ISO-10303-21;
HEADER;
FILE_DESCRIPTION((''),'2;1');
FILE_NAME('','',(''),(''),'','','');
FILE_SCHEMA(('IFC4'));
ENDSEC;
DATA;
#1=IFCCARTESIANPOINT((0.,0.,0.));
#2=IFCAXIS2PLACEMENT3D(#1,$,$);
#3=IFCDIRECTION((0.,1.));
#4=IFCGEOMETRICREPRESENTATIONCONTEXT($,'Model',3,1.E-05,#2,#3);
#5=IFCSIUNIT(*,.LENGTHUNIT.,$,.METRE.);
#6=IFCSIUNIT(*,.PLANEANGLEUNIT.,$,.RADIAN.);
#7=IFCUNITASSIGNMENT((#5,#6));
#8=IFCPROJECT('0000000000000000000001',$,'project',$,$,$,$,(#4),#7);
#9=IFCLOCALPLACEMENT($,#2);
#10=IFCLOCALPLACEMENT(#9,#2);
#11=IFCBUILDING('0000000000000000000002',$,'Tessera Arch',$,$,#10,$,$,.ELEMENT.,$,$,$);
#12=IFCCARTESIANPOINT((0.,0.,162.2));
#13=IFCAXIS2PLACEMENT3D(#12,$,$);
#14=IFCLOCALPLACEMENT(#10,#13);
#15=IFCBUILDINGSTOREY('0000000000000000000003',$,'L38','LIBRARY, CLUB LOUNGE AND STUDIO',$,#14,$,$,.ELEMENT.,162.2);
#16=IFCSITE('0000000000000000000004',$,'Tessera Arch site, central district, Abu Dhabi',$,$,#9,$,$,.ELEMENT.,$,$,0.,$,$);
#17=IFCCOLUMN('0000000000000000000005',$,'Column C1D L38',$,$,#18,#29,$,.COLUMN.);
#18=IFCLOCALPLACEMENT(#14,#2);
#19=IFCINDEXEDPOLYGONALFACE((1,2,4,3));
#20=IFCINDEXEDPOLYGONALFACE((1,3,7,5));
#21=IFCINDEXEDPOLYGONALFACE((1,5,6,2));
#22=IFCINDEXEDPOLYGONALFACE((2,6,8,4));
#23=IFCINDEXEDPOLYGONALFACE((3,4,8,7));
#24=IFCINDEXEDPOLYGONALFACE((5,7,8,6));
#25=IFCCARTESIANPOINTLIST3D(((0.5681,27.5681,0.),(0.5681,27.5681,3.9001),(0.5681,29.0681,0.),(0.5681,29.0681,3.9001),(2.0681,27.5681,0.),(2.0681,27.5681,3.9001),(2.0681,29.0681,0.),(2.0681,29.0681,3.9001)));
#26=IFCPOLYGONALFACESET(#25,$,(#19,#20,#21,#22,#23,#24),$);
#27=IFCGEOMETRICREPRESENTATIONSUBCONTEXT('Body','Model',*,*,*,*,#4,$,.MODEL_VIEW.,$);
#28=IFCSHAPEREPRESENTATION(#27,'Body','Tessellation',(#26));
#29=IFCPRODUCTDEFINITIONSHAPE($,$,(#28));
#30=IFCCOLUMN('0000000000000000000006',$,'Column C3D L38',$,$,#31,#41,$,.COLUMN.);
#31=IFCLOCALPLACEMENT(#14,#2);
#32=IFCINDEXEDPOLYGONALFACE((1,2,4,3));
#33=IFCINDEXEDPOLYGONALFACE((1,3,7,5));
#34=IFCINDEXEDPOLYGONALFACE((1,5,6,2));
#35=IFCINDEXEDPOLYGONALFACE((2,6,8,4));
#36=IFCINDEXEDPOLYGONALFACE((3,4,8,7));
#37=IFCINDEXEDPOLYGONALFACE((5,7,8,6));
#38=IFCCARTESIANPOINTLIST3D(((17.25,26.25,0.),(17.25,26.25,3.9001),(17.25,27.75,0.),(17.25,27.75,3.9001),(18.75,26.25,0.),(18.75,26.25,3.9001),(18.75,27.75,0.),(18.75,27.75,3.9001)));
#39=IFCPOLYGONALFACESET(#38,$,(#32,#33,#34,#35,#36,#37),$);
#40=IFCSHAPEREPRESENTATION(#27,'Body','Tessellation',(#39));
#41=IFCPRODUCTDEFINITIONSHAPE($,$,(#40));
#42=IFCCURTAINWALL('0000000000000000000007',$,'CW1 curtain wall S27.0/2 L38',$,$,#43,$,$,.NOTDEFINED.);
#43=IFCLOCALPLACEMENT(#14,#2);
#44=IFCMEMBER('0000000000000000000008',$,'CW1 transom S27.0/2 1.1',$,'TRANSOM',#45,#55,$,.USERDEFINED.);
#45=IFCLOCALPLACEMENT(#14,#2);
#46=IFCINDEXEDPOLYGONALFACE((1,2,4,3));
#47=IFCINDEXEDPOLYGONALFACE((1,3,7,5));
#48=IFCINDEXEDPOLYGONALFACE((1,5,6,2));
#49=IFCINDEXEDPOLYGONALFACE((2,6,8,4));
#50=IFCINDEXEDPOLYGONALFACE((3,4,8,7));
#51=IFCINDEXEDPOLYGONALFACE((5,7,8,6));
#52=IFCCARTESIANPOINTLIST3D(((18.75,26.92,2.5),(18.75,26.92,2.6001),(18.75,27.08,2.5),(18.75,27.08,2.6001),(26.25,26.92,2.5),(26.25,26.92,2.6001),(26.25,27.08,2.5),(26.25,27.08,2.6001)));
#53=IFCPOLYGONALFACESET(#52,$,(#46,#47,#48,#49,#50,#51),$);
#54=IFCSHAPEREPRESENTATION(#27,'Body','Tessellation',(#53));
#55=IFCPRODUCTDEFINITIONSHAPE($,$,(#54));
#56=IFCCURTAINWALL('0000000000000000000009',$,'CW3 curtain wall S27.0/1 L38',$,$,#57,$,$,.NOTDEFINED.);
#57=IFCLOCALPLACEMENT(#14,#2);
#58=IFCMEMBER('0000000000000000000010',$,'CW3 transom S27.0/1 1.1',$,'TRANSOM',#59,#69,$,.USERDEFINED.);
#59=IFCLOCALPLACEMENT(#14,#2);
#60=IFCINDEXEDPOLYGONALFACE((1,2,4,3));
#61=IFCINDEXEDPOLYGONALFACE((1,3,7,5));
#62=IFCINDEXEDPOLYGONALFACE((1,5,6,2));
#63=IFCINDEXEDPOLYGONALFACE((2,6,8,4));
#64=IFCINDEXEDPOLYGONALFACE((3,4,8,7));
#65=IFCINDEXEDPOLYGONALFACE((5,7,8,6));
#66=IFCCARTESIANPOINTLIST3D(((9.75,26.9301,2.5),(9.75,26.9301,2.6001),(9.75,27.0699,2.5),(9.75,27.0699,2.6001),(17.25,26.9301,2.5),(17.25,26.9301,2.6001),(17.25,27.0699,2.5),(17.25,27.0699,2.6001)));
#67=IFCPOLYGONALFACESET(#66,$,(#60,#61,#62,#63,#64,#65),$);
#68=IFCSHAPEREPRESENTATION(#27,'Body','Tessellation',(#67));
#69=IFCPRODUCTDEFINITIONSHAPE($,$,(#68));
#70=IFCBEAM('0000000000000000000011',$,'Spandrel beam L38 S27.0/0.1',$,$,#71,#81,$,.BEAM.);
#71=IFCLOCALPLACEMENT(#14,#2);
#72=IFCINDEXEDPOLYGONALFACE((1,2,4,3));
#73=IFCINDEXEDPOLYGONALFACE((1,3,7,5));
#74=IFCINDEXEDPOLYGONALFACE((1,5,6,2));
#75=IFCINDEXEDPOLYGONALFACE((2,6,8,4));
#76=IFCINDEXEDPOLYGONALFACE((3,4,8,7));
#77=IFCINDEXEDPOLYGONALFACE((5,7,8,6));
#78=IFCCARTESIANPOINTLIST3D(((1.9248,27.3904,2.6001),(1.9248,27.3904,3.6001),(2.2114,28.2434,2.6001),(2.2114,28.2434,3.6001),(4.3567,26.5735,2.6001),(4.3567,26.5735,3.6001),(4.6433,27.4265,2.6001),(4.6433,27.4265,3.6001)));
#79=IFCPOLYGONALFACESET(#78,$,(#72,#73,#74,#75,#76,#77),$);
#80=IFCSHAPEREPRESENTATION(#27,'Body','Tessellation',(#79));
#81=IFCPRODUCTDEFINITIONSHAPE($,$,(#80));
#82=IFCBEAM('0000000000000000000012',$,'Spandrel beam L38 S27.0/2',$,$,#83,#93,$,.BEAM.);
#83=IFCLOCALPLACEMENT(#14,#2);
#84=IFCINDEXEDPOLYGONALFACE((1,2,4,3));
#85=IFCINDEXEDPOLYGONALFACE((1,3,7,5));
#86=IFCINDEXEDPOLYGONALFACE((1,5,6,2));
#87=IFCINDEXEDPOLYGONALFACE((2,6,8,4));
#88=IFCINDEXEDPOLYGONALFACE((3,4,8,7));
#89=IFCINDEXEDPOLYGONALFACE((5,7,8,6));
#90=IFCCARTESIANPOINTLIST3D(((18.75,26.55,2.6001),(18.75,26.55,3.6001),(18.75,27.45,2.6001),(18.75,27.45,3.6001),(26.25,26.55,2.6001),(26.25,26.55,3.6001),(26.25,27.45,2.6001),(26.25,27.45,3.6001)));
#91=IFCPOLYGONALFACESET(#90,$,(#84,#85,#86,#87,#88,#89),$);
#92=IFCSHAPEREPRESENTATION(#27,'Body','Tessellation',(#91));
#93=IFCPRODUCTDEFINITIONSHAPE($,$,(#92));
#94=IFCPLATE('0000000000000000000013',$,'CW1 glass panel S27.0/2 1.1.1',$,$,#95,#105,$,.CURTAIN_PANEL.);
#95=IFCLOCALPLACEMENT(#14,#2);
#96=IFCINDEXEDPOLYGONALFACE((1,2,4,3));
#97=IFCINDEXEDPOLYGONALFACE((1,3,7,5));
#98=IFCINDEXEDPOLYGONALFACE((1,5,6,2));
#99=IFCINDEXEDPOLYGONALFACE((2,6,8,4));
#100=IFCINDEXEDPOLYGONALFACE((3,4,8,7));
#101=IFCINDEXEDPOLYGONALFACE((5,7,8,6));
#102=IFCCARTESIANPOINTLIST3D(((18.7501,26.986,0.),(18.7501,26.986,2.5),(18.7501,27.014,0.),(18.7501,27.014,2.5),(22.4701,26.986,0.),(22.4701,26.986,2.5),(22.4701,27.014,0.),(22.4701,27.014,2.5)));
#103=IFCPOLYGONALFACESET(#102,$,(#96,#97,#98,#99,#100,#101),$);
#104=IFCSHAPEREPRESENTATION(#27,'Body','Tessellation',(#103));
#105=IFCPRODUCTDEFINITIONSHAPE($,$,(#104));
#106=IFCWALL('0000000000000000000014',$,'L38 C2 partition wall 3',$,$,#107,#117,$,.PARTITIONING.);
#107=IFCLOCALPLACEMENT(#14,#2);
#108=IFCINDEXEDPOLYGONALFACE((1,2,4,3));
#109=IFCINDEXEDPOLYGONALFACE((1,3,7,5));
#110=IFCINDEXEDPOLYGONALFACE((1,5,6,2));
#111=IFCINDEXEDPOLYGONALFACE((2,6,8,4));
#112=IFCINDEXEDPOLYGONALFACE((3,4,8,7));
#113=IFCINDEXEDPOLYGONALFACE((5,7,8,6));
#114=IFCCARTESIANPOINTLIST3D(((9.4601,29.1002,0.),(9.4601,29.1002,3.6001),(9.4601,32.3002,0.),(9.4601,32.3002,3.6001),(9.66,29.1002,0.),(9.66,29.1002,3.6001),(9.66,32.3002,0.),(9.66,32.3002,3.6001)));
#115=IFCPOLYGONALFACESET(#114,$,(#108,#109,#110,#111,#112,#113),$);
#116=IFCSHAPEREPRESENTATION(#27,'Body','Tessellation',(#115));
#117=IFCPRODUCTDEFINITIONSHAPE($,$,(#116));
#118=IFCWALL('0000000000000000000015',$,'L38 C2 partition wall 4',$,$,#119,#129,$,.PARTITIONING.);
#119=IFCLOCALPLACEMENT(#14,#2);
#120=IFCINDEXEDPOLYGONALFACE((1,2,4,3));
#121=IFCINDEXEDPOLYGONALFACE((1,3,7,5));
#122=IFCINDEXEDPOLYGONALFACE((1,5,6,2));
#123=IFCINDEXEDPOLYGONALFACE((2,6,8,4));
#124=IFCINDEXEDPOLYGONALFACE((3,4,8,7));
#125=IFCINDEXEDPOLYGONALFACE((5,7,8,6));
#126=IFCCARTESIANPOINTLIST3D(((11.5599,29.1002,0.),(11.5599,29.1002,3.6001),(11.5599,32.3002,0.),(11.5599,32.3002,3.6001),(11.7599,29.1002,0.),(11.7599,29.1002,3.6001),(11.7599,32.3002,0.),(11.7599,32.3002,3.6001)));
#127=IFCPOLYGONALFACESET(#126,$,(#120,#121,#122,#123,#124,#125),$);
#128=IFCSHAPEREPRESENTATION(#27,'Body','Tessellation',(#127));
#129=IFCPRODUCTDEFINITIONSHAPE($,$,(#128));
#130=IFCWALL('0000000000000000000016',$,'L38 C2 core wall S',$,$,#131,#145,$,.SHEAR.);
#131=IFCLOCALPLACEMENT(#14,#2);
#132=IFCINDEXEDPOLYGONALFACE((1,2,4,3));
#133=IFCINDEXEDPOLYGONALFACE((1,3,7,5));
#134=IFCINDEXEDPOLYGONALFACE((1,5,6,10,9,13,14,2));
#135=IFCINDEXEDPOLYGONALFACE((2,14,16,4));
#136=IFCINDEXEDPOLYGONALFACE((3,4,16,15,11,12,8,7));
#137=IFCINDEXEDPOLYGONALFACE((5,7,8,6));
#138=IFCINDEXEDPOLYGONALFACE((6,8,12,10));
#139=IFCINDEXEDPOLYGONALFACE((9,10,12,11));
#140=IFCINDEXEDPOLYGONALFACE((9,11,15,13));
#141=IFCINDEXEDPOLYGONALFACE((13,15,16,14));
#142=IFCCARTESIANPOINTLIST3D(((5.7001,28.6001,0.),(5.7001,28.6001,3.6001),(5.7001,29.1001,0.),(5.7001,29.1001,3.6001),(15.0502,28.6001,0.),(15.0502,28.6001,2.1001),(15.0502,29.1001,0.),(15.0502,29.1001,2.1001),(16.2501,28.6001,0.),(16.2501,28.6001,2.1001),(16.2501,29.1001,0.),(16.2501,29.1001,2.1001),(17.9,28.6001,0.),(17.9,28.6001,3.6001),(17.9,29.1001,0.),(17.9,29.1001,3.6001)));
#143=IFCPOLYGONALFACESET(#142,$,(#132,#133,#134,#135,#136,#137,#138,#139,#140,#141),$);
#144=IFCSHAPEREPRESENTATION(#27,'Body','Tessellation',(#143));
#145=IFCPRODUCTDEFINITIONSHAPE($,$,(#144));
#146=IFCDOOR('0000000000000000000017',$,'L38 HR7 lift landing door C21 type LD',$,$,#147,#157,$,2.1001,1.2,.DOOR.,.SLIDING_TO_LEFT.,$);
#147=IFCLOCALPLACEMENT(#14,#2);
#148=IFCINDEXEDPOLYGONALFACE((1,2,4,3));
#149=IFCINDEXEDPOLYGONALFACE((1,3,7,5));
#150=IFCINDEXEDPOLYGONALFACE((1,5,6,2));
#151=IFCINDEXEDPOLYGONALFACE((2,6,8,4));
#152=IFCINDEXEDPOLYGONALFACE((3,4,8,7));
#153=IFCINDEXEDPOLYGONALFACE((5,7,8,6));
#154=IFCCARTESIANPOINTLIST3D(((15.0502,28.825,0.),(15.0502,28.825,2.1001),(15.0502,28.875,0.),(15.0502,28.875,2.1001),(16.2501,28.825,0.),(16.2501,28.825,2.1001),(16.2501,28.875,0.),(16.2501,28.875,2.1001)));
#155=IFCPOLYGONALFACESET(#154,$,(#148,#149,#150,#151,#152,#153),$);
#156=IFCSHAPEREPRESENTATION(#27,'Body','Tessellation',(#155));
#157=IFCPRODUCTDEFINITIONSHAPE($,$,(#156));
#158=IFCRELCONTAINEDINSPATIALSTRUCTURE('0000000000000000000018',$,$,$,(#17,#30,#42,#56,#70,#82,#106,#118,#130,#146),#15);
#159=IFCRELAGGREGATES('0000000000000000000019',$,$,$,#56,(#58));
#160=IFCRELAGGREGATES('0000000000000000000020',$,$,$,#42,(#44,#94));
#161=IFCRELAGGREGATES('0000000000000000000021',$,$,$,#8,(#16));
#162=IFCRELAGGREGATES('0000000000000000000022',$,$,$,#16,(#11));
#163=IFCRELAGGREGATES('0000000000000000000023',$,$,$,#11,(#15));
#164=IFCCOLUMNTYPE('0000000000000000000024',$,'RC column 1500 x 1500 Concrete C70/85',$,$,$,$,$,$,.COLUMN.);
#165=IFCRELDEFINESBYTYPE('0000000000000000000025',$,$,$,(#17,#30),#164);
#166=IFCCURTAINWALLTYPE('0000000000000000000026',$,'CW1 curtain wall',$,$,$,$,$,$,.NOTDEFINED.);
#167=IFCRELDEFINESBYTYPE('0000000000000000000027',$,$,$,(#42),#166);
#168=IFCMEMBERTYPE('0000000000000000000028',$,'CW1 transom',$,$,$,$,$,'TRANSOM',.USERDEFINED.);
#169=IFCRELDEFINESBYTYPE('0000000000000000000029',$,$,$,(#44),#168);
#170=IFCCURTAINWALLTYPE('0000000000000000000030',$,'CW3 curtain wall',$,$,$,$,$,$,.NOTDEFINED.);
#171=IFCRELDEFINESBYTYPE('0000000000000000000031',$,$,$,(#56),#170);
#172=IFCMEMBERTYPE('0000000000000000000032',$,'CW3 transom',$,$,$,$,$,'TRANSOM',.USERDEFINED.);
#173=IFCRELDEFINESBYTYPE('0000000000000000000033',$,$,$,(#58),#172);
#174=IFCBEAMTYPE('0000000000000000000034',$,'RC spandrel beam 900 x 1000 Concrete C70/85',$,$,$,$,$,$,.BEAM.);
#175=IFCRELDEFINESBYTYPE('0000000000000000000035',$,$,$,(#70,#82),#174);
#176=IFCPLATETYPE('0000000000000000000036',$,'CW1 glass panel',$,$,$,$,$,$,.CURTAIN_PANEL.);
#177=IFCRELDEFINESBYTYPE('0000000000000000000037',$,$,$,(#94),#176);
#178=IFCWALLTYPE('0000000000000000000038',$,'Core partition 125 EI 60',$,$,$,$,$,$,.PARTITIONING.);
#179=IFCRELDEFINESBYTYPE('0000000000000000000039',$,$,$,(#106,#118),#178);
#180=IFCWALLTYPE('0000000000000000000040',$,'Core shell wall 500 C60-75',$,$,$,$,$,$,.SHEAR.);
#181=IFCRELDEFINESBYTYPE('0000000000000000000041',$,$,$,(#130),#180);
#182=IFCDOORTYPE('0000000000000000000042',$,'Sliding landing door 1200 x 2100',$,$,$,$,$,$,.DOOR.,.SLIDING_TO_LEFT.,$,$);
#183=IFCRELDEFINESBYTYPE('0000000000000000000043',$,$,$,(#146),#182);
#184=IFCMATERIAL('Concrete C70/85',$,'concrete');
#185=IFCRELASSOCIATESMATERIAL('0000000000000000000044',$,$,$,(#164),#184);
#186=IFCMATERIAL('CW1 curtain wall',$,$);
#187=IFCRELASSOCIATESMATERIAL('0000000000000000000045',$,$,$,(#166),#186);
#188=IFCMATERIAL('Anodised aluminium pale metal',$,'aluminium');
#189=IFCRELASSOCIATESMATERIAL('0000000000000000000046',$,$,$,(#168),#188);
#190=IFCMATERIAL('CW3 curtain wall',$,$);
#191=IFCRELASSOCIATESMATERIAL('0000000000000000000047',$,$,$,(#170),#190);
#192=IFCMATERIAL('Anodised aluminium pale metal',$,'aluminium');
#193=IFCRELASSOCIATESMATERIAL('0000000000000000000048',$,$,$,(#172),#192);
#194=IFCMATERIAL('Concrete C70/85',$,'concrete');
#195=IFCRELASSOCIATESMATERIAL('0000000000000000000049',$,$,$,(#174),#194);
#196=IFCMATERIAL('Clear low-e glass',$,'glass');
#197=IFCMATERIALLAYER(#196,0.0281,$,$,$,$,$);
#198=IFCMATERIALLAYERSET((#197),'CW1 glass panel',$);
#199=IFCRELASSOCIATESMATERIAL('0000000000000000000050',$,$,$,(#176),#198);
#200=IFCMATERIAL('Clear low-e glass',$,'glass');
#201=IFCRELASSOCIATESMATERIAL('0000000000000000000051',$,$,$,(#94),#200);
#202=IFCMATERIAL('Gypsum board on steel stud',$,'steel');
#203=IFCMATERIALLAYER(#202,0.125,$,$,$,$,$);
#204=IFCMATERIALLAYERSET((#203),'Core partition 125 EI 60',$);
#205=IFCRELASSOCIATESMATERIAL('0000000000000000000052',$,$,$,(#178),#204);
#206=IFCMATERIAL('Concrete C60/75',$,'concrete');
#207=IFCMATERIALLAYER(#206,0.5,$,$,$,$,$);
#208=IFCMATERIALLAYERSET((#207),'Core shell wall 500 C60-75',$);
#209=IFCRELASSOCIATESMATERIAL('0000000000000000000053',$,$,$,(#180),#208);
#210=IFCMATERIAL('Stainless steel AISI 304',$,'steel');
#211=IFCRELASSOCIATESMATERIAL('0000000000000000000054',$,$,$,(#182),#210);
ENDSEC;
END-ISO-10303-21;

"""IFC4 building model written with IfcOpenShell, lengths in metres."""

from ifc_helpers import new_model, si_unit, direction, frame, frame_2d, origin, origin_2d, place, context, subcontext, project, spatial, rectangle, extrude, material, layer, layer_set, material_profile, profile_set, type_object, element, fill, aggregate, save


model = new_model("IFC4")

# Units and contexts
model_context = context("Model", 3, precision=1e-05, world=origin(), true_north=direction((0.0, 1.0)))
body_context = subcontext(model_context, "Body", "Model", "MODEL_VIEW")
ifc_project = project(units=[si_unit("LENGTHUNIT", "METRE"), si_unit("PLANEANGLEUNIT", "RADIAN")], contexts=[model_context])

# Site, building, storey
site_placement = place(None, origin())
site = spatial("IfcSite", under=ifc_project, at=site_placement, Name="Tessera Arch site, central district, Abu Dhabi", CompositionType="ELEMENT", RefElevation=0.0)
building_placement = place(site_placement, origin())
building = spatial("IfcBuilding", under=site, at=building_placement, Name="Tessera Arch", CompositionType="ELEMENT")
storey_placement = place(building_placement, frame((0.0, 0.0, 162.2)))
storey = spatial("IfcBuildingStorey", under=building, at=storey_placement, Name="L38", Description="LIBRARY, CLUB LOUNGE AND STUDIO", CompositionType="ELEMENT", Elevation=162.2)

# Columns
ifc_material_1 = material(Name="Concrete C70/85", Category="concrete")
ifc_material_profile_1 = material_profile(ifc_material_1, rectangle(XDim=1.5, YDim=1.5, at=origin_2d()), Name="RC column 1500 x 1500 Concrete C70/85")
ifc_profile_set_1 = profile_set([ifc_material_profile_1], Name="Concrete C70/85")
column_type = type_object("IfcColumnType", Name="RC column 1500 x 1500 Concrete C70/85", PredefinedType="COLUMN", material=ifc_profile_set_1)
for number, where, z_axis, x_axis, name in (
    (1, (1.3181, 28.3181, 0.0), (0.0, 0.0, 1.0), (1.0, 0.0, 0.0), "Column C1D L38"),
    (2, (18.0, 27.0, 0.0), (0.0, 0.0, 1.0), (1.0, 0.0, 0.0), "Column C3D L38"),
):
    element("IfcColumn", number, at=place(storey_placement, frame(where, z_axis=z_axis, x_axis=x_axis)), inside=storey, type_object=column_type, Name=name, PredefinedType="COLUMN", context=body_context, shape_type="SweptSolid", body=[
        extrude(rectangle(XDim=1.5, YDim=1.5, at=origin_2d()), origin(), (0.0, 0.0, 1.0), 3.9001),
    ])

# Curtain walls, members
ifc_material_2 = material(Name="CW1 curtain wall")
curtain_wall_type_1 = type_object("IfcCurtainWallType", Name="CW1 curtain wall", PredefinedType="NOTDEFINED", material=ifc_material_2)
curtain_wall_1_placement = place(storey_placement, origin())
curtain_wall_1 = element("IfcCurtainWall", 3, at=curtain_wall_1_placement, inside=storey, type_object=curtain_wall_type_1, Name="CW1 curtain wall S27.0/2 L38", PredefinedType="NOTDEFINED")
ifc_material_3 = material(Name="Anodised aluminium pale metal", Category="aluminium")
ifc_material_profile_2 = material_profile(ifc_material_3, rectangle(XDim=0.1599, YDim=0.1001, at=origin_2d()), Name="AL 160x100")
ifc_profile_set_2 = profile_set([ifc_material_profile_2], Name="Anodised aluminium pale metal")
member_type_1 = type_object("IfcMemberType", Name="CW1 transom", ElementType="TRANSOM", PredefinedType="USERDEFINED", material=ifc_profile_set_2)
member_1_placement = place(storey_placement, frame((18.75, 27.0, 2.55), z_axis=(1.0, 0.0, 0.0), x_axis=(0.0, 1.0, 0.0)))
member_1 = element("IfcMember", 4, at=member_1_placement, type_object=member_type_1, Name="CW1 transom S27.0/2 1.1", ObjectType="TRANSOM", PredefinedType="USERDEFINED", context=body_context, shape_type="SweptSolid", body=[
    extrude(rectangle(XDim=0.1599, YDim=0.1001, at=origin_2d()), origin(), (0.0, 0.0, 1.0), 7.5),
])
ifc_material_4 = material(Name="CW3 curtain wall")
curtain_wall_type_2 = type_object("IfcCurtainWallType", Name="CW3 curtain wall", PredefinedType="NOTDEFINED", material=ifc_material_4)
curtain_wall_2_placement = place(storey_placement, origin())
curtain_wall_2 = element("IfcCurtainWall", 5, at=curtain_wall_2_placement, inside=storey, type_object=curtain_wall_type_2, Name="CW3 curtain wall S27.0/1 L38", PredefinedType="NOTDEFINED")
ifc_material_5 = material(Name="Anodised aluminium pale metal", Category="aluminium")
ifc_material_profile_3 = material_profile(ifc_material_5, rectangle(XDim=0.1399, YDim=0.1001, at=origin_2d()), Name="AL 140x100")
ifc_profile_set_3 = profile_set([ifc_material_profile_3], Name="Anodised aluminium pale metal")
member_type_2 = type_object("IfcMemberType", Name="CW3 transom", ElementType="TRANSOM", PredefinedType="USERDEFINED", material=ifc_profile_set_3)
member_2_placement = place(storey_placement, frame((9.75, 27.0, 2.55), z_axis=(1.0, 0.0, 0.0), x_axis=(0.0, 1.0, 0.0)))
member_2 = element("IfcMember", 6, at=member_2_placement, type_object=member_type_2, Name="CW3 transom S27.0/1 1.1", ObjectType="TRANSOM", PredefinedType="USERDEFINED", context=body_context, shape_type="SweptSolid", body=[
    extrude(rectangle(XDim=0.1399, YDim=0.1001, at=origin_2d()), origin(), (0.0, 0.0, 1.0), 7.5),
])
aggregate(curtain_wall_2, [member_2])

# Beams
ifc_material_6 = material(Name="Concrete C70/85", Category="concrete")
ifc_material_profile_4 = material_profile(ifc_material_6, rectangle(XDim=0.8999, YDim=1.0, at=origin_2d()), Name="RC spandrel beam 900 x 1000 Concrete C70/85")
ifc_profile_set_4 = profile_set([ifc_material_profile_4], Name="Concrete C70/85")
beam_type = type_object("IfcBeamType", Name="RC spandrel beam 900 x 1000 Concrete C70/85", PredefinedType="BEAM", material=ifc_profile_set_4)
beam_1_placement = place(storey_placement, frame((2.0681, 27.8169, 3.1001), z_axis=(0.947948, -0.318425, 0.0), x_axis=(0.318425, 0.947948, 0.0)))
element("IfcBeam", 7, at=beam_1_placement, inside=storey, type_object=beam_type, Name="Spandrel beam L38 S27.0/0.1", PredefinedType="BEAM", context=body_context, shape_type="SweptSolid", body=[
    extrude(rectangle(XDim=0.8999, YDim=1.0, at=origin_2d()), origin(), (0.0, 0.0, 1.0), 2.5654),
])
beam_2_placement = place(storey_placement, frame((18.75, 27.0, 3.1001), z_axis=(1.0, 0.0, 0.0), x_axis=(0.0, 1.0, 0.0)))
element("IfcBeam", 8, at=beam_2_placement, inside=storey, type_object=beam_type, Name="Spandrel beam L38 S27.0/2", PredefinedType="BEAM", context=body_context, shape_type="SweptSolid", body=[
    extrude(rectangle(XDim=0.8999, YDim=1.0, at=origin_2d()), origin(), (0.0, 0.0, 1.0), 7.5),
])

# Plate
ifc_material_7 = material(Name="Clear low-e glass", Category="glass")
ifc_material_8 = material(Name="Clear low-e glass", Category="glass")
ifc_layer_1 = layer(ifc_material_8, 0.0281)
ifc_layer_set_1 = layer_set([ifc_layer_1], Name="CW1 glass panel")
plate_type = type_object("IfcPlateType", Name="CW1 glass panel", PredefinedType="CURTAIN_PANEL", material=ifc_layer_set_1)
plate_placement = place(storey_placement, frame((20.6101, 27.0, 0.0), z_axis=(0.0, 0.0, 1.0), x_axis=(1.0, 0.0, 0.0)))
plate = element("IfcPlate", 9, at=plate_placement, type_object=plate_type, material=ifc_material_7, Name="CW1 glass panel S27.0/2 1.1.1", PredefinedType="CURTAIN_PANEL", context=body_context, shape_type="SweptSolid", body=[
    extrude(rectangle(XDim=3.72, YDim=0.0281, at=origin_2d()), origin(), (0.0, 0.0, 1.0), 2.5),
])
aggregate(curtain_wall_1, [member_1, plate])

# Walls
ifc_material_9 = material(Name="Gypsum board on steel stud", Category="steel")
ifc_layer_2 = layer(ifc_material_9, 0.125)
ifc_layer_set_2 = layer_set([ifc_layer_2], Name="Core partition 125 EI 60")
wall_type_1 = type_object("IfcWallType", Name="Core partition 125 EI 60", PredefinedType="PARTITIONING", material=ifc_layer_set_2)
for number, where, z_axis, x_axis, name in (
    (10, (9.5601, 29.1001, 0.0), (0.0, 0.0, 1.0), (0.0, 1.0, 0.0), "L38 C2 partition wall 3"),
    (11, (11.6599, 29.1001, 0.0), (0.0, 0.0, 1.0), (0.0, 1.0, 0.0), "L38 C2 partition wall 4"),
):
    element("IfcWall", number, at=place(storey_placement, frame(where, z_axis=z_axis, x_axis=x_axis)), inside=storey, type_object=wall_type_1, Name=name, PredefinedType="PARTITIONING", context=body_context, shape_type="SweptSolid", body=[
        extrude(rectangle(XDim=3.2, YDim=0.2, at=frame_2d((1.6001, 0.0))), origin(), (0.0, 0.0, 1.0), 3.6001),
    ])

# Wall, opening, door
ifc_material_10 = material(Name="Concrete C60/75", Category="concrete")
ifc_layer_3 = layer(ifc_material_10, 0.5)
ifc_layer_set_3 = layer_set([ifc_layer_3], Name="Core shell wall 500 C60-75")
wall_type_2 = type_object("IfcWallType", Name="Core shell wall 500 C60-75", PredefinedType="SHEAR", material=ifc_layer_set_3)
wall_1_placement = place(storey_placement, frame((5.7, 28.8501, 0.0), z_axis=(0.0, 0.0, 1.0), x_axis=(1.0, 0.0, 0.0)))
wall_1 = element("IfcWall", 12, at=wall_1_placement, inside=storey, type_object=wall_type_2, Name="L38 C2 core wall S", PredefinedType="SHEAR", context=body_context, shape_type="SweptSolid", body=[
    extrude(rectangle(XDim=12.2, YDim=0.5, at=frame_2d((6.1001, 0.0))), origin(), (0.0, 0.0, 1.0), 3.6001),
])
opening_1_placement = place(wall_1_placement, frame((9.3501, 0.0, 0.0)))
opening_1 = element("IfcOpeningElement", 13, at=opening_1_placement, cuts=wall_1, PredefinedType="OPENING", context=body_context, shape_type="SweptSolid", body=[
    extrude(rectangle(XDim=1.2, YDim=2.1001, at=frame_2d((0.6001, 1.05))), frame((0.0, 0.26, 0.0), z_axis=(0.0, -1.0, 0.0), x_axis=(1.0, 0.0, 0.0)), (0.0, 0.0, 1.0), 0.52),
])
ifc_material_11 = material(Name="Stainless steel AISI 304", Category="steel")
door_type_1 = type_object("IfcDoorType", Name="Sliding landing door 1200 x 2100", OperationType="SLIDING_TO_LEFT", PredefinedType="DOOR", material=ifc_material_11)
door_1_placement = place(opening_1_placement, origin())
door_1 = element("IfcDoor", 14, at=door_1_placement, inside=storey, type_object=door_type_1, Name="L38 HR7 lift landing door C21 type LD", OperationType="SLIDING_TO_LEFT", OverallHeight=2.1001, OverallWidth=1.2, PredefinedType="DOOR", context=body_context, shape_type="SweptSolid", body=[
    extrude(rectangle(XDim=1.2, YDim=2.1001, at=frame_2d((0.6001, 1.05))), frame((0.0, 0.0249, 0.0), z_axis=(0.0, -1.0, 0.0), x_axis=(1.0, 0.0, 0.0)), (0.0, 0.0, 1.0), 0.05),
])
fill(opening_1, door_1)

save(model, "model.ifc")
